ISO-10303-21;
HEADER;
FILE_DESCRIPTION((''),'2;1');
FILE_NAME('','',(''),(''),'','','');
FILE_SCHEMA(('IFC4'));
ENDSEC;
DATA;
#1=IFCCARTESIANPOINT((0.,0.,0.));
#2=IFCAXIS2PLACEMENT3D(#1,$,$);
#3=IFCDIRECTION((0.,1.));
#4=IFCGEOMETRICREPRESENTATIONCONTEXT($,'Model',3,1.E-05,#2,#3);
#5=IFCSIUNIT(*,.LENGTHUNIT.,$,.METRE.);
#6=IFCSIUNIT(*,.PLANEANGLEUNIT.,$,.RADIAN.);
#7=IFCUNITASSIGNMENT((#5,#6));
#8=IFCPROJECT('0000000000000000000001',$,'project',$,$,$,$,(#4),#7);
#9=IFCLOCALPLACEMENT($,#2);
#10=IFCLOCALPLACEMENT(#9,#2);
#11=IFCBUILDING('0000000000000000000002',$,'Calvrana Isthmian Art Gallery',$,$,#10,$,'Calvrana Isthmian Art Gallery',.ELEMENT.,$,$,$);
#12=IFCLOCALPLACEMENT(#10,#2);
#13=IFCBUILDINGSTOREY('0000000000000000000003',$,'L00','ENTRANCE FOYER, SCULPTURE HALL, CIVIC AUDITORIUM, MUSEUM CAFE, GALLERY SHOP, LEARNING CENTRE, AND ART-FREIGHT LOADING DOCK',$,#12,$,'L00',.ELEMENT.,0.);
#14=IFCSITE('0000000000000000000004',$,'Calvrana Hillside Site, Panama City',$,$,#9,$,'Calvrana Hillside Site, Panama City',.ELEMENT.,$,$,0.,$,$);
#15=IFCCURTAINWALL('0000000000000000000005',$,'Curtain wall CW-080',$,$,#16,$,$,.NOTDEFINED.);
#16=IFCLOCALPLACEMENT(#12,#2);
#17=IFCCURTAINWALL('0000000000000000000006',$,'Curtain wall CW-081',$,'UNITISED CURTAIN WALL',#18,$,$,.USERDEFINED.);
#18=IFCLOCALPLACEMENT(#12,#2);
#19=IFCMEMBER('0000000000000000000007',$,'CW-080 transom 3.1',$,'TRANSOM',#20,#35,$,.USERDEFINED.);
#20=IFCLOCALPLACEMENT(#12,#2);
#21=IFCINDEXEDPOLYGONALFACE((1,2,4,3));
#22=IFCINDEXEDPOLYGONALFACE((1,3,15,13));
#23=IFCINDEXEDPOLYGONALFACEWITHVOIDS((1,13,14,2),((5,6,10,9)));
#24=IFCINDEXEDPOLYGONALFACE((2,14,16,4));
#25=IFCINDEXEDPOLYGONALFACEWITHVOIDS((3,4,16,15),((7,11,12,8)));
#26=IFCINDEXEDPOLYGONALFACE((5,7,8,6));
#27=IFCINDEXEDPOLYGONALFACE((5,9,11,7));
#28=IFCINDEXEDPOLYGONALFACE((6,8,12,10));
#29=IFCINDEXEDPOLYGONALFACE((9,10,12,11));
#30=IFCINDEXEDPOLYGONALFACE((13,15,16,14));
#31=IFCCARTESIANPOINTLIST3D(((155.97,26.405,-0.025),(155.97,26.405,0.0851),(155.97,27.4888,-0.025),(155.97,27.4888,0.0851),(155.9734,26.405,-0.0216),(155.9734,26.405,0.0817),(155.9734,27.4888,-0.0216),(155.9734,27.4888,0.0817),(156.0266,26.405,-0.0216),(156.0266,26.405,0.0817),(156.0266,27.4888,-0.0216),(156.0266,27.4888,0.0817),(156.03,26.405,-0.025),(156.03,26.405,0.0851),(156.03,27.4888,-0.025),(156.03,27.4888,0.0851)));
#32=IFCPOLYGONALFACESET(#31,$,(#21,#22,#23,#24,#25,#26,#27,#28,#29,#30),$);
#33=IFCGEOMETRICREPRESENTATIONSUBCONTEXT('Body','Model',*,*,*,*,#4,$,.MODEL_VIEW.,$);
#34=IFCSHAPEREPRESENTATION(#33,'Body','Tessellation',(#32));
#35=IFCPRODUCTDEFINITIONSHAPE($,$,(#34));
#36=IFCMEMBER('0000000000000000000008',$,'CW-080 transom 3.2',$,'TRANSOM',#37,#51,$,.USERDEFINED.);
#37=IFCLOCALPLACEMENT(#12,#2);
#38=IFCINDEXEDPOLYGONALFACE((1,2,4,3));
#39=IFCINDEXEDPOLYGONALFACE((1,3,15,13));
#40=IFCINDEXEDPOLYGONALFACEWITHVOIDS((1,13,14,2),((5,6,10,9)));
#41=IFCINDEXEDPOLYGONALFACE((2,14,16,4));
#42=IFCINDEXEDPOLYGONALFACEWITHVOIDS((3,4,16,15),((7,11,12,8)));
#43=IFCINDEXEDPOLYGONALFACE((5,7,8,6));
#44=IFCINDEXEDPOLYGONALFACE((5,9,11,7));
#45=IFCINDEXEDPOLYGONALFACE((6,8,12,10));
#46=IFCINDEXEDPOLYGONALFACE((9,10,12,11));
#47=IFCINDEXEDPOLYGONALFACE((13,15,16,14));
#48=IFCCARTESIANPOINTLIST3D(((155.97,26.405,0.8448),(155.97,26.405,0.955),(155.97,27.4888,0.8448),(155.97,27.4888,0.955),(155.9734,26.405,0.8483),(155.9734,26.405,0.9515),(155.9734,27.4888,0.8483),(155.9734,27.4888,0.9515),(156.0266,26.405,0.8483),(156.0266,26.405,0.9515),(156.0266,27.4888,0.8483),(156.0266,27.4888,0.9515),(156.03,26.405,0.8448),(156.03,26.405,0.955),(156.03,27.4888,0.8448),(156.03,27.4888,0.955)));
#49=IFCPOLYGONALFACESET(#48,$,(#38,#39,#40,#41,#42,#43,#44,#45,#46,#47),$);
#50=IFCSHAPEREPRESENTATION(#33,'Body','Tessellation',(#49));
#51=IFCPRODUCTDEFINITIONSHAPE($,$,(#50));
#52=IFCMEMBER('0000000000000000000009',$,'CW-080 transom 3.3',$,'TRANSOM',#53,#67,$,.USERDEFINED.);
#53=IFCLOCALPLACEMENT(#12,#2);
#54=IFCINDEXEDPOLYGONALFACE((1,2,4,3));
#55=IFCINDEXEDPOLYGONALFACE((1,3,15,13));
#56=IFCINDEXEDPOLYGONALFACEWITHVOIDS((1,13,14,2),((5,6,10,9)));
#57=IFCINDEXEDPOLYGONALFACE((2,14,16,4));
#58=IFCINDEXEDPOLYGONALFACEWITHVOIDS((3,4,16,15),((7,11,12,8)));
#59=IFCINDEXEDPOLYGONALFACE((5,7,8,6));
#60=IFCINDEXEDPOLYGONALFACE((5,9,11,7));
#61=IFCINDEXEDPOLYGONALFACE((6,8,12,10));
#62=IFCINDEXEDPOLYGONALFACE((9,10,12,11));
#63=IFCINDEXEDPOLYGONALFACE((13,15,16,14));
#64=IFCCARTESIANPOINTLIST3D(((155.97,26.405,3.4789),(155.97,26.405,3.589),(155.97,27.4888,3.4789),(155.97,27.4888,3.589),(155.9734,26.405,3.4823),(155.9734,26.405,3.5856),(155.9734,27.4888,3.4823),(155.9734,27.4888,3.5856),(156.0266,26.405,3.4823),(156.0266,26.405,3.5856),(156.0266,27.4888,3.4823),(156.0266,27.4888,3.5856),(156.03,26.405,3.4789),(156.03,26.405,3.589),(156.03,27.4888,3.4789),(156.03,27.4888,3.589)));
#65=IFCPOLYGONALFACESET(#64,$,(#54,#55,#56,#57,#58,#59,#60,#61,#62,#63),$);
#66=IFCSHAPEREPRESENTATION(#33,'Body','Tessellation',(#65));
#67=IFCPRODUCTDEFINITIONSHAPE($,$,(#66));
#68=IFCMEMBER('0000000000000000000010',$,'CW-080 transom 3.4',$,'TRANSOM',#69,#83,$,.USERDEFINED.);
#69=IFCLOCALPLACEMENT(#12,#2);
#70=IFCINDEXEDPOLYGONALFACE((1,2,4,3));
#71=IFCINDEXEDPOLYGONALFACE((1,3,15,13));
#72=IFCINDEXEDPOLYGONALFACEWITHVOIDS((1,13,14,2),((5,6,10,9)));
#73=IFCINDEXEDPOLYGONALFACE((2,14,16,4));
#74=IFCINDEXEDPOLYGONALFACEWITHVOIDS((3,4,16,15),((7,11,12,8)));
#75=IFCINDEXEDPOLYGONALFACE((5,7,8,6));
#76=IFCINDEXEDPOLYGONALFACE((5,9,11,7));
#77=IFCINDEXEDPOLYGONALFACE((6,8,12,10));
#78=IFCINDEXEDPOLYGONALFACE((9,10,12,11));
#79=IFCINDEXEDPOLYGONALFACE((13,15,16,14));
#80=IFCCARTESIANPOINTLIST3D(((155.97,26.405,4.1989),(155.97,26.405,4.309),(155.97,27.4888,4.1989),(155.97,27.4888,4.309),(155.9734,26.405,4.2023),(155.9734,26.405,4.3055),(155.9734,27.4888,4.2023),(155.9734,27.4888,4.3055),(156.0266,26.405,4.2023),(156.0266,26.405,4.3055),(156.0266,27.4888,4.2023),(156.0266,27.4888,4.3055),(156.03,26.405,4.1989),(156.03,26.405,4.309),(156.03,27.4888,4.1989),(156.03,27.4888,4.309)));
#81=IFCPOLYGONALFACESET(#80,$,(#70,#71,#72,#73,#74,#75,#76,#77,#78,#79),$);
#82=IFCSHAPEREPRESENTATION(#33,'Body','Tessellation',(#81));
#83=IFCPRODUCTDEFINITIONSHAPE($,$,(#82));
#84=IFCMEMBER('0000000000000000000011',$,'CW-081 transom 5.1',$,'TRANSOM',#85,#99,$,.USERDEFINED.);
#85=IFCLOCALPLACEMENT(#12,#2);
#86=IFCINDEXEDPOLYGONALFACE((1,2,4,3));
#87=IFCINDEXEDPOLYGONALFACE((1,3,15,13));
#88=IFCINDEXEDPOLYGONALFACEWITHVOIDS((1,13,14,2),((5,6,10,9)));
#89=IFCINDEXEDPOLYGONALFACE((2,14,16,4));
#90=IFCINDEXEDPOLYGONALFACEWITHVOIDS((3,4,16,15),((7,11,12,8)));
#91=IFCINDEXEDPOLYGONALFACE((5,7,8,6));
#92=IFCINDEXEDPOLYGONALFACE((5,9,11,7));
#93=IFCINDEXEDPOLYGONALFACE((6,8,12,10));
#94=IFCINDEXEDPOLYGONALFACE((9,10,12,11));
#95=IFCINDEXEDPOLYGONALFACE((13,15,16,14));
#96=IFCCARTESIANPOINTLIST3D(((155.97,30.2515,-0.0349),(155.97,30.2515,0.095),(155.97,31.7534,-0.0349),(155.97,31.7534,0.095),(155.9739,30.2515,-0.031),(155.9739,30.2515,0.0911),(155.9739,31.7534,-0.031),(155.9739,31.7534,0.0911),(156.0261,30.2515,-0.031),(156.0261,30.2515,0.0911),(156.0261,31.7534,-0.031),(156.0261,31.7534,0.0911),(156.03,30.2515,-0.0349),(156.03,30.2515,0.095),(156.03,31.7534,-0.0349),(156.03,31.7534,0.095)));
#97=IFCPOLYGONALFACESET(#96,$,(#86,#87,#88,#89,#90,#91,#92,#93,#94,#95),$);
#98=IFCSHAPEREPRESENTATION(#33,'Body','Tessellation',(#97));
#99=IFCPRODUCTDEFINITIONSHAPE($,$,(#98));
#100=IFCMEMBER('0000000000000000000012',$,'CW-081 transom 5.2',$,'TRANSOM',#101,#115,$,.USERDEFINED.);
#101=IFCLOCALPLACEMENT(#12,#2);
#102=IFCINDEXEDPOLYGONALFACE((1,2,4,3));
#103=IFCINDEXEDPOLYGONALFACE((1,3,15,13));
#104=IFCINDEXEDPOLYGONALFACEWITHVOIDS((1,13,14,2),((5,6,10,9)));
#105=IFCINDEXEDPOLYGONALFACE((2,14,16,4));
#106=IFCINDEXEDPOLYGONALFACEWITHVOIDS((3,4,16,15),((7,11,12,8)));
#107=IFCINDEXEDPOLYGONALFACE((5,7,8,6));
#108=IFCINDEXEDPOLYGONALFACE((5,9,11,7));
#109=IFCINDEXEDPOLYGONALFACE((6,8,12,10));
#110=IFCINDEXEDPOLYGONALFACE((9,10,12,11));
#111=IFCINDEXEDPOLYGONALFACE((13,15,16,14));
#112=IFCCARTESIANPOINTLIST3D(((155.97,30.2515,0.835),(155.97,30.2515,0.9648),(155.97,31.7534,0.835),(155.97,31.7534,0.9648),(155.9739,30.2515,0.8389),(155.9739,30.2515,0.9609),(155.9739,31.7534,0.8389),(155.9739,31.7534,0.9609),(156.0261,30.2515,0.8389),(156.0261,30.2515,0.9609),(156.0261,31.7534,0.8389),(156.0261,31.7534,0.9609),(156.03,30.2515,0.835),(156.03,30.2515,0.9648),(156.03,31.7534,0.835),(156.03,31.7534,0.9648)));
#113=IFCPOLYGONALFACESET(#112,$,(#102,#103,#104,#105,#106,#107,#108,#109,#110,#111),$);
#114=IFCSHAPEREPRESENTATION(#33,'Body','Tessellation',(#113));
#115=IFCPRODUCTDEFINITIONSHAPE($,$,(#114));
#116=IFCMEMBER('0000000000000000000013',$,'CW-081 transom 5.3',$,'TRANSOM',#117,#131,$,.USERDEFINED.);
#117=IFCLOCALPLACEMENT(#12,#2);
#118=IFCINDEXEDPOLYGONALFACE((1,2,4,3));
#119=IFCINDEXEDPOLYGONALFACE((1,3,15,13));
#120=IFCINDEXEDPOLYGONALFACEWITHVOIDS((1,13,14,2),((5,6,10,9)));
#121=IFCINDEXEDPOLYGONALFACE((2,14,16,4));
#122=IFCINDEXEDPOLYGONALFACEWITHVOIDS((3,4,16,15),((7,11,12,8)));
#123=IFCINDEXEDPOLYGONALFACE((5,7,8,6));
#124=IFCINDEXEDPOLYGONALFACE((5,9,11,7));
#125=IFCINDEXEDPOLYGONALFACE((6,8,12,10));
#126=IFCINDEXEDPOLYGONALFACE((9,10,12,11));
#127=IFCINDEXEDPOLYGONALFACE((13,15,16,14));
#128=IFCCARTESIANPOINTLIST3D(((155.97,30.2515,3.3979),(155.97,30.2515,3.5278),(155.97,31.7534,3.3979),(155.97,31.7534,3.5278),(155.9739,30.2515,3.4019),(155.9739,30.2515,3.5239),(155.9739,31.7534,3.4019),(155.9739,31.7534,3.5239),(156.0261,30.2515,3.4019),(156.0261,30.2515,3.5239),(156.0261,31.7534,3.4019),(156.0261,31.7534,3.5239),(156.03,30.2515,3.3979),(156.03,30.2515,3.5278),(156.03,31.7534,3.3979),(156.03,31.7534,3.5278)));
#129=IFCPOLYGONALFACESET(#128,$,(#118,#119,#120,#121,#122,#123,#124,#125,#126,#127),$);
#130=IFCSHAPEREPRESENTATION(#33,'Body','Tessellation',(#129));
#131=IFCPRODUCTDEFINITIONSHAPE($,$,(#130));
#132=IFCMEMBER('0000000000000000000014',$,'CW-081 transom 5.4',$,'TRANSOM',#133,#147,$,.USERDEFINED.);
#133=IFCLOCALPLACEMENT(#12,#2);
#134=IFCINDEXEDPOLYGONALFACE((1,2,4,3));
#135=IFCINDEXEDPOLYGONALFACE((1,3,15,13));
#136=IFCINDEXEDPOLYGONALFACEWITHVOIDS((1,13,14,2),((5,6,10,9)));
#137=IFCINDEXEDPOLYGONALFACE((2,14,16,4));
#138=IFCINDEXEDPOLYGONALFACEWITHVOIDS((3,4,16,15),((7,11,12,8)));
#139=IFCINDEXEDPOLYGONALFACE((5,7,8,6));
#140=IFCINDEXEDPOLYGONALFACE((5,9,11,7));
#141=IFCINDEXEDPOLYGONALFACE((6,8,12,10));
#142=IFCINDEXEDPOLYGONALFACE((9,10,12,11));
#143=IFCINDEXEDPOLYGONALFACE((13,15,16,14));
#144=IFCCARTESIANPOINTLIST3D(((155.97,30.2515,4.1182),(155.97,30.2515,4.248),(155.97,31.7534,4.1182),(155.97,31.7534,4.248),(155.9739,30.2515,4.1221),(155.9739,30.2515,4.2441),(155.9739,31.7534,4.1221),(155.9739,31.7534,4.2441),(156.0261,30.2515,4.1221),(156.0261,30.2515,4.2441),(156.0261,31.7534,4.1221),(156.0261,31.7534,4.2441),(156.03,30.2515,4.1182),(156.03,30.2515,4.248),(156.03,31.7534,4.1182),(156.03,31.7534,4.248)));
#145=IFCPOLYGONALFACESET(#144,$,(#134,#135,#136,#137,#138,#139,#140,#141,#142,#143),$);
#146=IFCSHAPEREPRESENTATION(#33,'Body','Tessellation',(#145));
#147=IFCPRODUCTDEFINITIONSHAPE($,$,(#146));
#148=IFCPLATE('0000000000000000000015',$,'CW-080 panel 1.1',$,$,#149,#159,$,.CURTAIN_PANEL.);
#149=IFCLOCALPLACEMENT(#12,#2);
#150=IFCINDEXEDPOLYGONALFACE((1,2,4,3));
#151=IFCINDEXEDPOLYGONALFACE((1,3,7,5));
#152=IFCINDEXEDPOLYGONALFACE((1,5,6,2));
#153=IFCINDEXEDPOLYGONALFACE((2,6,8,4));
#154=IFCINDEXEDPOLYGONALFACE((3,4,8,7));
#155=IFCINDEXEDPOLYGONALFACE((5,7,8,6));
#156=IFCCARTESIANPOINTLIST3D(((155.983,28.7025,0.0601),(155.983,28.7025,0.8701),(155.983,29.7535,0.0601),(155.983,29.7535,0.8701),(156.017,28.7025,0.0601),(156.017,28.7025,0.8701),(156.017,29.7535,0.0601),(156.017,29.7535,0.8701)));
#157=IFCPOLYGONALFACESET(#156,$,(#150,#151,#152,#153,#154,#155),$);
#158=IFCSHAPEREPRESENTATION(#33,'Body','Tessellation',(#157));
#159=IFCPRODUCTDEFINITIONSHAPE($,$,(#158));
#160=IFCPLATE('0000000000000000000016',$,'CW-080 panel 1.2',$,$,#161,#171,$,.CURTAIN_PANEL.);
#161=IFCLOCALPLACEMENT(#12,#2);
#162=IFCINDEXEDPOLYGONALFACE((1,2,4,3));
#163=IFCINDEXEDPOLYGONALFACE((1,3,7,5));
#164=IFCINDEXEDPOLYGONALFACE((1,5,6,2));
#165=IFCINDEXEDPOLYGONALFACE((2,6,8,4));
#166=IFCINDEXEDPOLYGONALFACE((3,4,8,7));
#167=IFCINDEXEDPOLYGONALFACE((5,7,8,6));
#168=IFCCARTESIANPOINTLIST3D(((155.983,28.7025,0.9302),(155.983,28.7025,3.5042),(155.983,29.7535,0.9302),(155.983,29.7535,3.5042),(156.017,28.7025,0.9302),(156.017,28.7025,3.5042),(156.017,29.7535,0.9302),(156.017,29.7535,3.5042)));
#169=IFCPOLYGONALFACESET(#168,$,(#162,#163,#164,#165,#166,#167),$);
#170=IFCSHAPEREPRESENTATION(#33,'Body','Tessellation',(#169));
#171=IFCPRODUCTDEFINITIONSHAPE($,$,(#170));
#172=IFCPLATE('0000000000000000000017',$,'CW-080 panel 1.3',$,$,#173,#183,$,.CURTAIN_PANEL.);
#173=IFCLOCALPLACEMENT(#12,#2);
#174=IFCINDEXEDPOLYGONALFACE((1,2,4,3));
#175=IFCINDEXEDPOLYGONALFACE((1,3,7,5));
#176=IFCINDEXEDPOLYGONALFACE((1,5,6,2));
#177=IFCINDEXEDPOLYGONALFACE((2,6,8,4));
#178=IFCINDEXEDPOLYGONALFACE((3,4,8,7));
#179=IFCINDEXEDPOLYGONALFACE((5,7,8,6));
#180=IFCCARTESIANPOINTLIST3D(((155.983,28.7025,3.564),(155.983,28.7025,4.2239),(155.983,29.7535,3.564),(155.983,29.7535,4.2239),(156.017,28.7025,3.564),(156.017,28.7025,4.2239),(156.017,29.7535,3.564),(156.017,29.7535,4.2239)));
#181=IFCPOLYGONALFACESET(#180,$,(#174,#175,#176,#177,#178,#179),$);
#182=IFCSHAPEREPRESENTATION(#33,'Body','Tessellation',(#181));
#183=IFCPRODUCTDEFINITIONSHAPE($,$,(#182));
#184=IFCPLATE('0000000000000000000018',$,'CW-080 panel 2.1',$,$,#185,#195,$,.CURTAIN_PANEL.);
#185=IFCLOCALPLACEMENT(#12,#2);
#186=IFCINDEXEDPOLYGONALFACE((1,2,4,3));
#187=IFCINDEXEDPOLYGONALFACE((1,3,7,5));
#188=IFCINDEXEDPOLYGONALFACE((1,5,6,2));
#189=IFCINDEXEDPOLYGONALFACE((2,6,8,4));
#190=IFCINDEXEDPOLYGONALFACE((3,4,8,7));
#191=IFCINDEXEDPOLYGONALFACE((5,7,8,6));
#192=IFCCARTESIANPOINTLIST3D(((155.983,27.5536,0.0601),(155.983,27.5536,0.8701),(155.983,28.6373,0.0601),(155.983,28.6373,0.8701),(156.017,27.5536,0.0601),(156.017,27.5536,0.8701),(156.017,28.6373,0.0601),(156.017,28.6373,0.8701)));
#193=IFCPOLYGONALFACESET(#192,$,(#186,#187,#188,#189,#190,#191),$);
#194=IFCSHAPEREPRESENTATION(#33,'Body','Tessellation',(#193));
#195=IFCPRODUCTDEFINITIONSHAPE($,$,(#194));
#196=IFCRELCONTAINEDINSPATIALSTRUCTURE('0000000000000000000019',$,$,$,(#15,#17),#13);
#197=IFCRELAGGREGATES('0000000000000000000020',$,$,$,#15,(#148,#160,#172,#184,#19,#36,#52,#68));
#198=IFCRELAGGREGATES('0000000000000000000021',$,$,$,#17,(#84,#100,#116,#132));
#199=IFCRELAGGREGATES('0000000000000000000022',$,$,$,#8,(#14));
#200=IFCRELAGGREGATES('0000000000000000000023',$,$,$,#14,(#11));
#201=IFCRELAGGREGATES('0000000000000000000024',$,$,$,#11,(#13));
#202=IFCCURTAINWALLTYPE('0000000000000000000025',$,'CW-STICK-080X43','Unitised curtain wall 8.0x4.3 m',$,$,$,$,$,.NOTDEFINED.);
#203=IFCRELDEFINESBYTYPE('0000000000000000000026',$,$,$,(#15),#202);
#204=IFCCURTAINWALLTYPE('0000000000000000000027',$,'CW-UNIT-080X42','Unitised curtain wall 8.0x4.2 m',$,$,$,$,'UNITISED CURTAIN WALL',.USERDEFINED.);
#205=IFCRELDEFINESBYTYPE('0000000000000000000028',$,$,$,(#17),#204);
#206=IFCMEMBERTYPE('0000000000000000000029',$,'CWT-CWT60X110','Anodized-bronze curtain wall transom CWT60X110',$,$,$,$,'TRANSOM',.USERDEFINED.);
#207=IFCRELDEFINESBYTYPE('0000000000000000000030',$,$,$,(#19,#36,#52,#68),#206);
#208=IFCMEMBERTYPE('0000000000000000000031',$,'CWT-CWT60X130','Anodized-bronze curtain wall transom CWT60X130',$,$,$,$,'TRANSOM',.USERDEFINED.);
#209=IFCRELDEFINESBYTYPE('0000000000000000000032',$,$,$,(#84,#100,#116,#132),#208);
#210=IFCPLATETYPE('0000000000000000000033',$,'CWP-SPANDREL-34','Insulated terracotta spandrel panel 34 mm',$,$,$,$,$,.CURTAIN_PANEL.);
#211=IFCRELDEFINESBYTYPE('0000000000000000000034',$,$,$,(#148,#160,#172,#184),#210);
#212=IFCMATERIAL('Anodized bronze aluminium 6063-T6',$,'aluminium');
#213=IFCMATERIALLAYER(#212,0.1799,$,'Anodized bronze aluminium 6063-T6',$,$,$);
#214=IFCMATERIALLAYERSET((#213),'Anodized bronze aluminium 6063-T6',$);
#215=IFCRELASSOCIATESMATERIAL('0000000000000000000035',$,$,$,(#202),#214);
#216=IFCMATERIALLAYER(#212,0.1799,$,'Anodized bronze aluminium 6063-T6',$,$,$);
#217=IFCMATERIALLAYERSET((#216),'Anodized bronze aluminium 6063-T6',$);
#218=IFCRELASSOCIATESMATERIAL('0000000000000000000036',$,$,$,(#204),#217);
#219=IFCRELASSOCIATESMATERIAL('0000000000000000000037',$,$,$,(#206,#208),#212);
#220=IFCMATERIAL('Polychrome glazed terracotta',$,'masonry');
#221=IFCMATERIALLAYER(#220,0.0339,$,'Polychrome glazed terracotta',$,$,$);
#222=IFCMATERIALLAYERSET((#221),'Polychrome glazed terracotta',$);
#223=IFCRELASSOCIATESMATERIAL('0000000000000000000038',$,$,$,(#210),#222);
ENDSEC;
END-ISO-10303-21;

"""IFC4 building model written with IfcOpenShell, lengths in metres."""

from ifc_helpers import new_model, si_unit, direction, frame, origin, origin_2d, place, context, subcontext, project, spatial, rectangle, hollow_rectangle, extrude, material, layer, layer_set, material_profile, profile_set, type_object, element, aggregate, save


model = new_model("IFC4")

# Units and contexts
model_context = context("Model", 3, precision=1e-05, world=origin(), true_north=direction((0.0, 1.0)))
body_context = subcontext(model_context, "Body", "Model", "MODEL_VIEW")
ifc_project = project(units=[si_unit("LENGTHUNIT", "METRE"), si_unit("PLANEANGLEUNIT", "RADIAN")], contexts=[model_context])

# Site, building, storey
site_placement = place(None, origin())
site = spatial("IfcSite", under=ifc_project, at=site_placement, Name="Calvrana Hillside Site, Panama City", LongName="Calvrana Hillside Site, Panama City", CompositionType="ELEMENT", RefElevation=0.0)
building_placement = place(site_placement, origin())
building = spatial("IfcBuilding", under=site, at=building_placement, Name="Calvrana Isthmian Art Gallery", LongName="Calvrana Isthmian Art Gallery", CompositionType="ELEMENT")
storey_placement = place(building_placement, origin())
storey = spatial("IfcBuildingStorey", under=building, at=storey_placement, Name="L00", Description="ENTRANCE FOYER, SCULPTURE HALL, CIVIC AUDITORIUM, MUSEUM CAFE, GALLERY SHOP, LEARNING CENTRE, AND ART-FREIGHT LOADING DOCK", LongName="L00", CompositionType="ELEMENT", Elevation=0.0)

# Curtain walls
ifc_material_1 = material(Name="Anodized bronze aluminium 6063-T6", Category="aluminium")
ifc_layer_1 = layer(ifc_material_1, 0.1799, Name="Anodized bronze aluminium 6063-T6")
ifc_layer_set_1 = layer_set([ifc_layer_1], Name="Anodized bronze aluminium 6063-T6")
curtain_wall_type_1 = type_object("IfcCurtainWallType", Name="CW-STICK-080X43", Description="Unitised curtain wall 8.0x4.3 m", PredefinedType="NOTDEFINED", material=ifc_layer_set_1)
curtain_wall_1_placement = place(storey_placement, origin())
curtain_wall_1 = element("IfcCurtainWall", 1, at=curtain_wall_1_placement, inside=storey, type_object=curtain_wall_type_1, Name="Curtain wall CW-080", PredefinedType="NOTDEFINED")
ifc_layer_2 = layer(ifc_material_1, 0.1799, Name="Anodized bronze aluminium 6063-T6")
ifc_layer_set_2 = layer_set([ifc_layer_2], Name="Anodized bronze aluminium 6063-T6")
curtain_wall_type_2 = type_object("IfcCurtainWallType", Name="CW-UNIT-080X42", Description="Unitised curtain wall 8.0x4.2 m", ElementType="UNITISED CURTAIN WALL", PredefinedType="USERDEFINED", material=ifc_layer_set_2)
curtain_wall_2_placement = place(storey_placement, origin())
curtain_wall_2 = element("IfcCurtainWall", 2, at=curtain_wall_2_placement, inside=storey, type_object=curtain_wall_type_2, Name="Curtain wall CW-081", ObjectType="UNITISED CURTAIN WALL", PredefinedType="USERDEFINED")

# Members
ifc_material_profile_1 = material_profile(ifc_material_1, hollow_rectangle(XDim=0.0601, YDim=0.1101, WallThickness=0.0034, at=origin_2d()), Name="CWT60X110")
ifc_profile_set_1 = profile_set([ifc_material_profile_1], Name="Anodized bronze aluminium 6063-T6")
member_type_1 = type_object("IfcMemberType", Name="CWT-CWT60X110", Description="Anodized-bronze curtain wall transom CWT60X110", ElementType="TRANSOM", PredefinedType="USERDEFINED", material=ifc_profile_set_1)
member_1_placement = place(storey_placement, frame((156.0, 27.4888, 0.03), z_axis=(0.0, -1.0, 0.0), x_axis=(1.0, 0.0, 0.0)))
member_1 = element("IfcMember", 3, at=member_1_placement, type_object=member_type_1, Name="CW-080 transom 3.1", ObjectType="TRANSOM", PredefinedType="USERDEFINED", context=body_context, shape_type="SweptSolid", body=[
    extrude(hollow_rectangle(XDim=0.0601, YDim=0.1101, WallThickness=0.0034, at=origin_2d()), origin(), (0.0, 0.0, 1.0), 1.0837),
])
member_2_placement = place(storey_placement, frame((156.0, 27.4888, 0.8999), z_axis=(0.0, -1.0, 0.0), x_axis=(1.0, 0.0, 0.0)))
member_2 = element("IfcMember", 4, at=member_2_placement, type_object=member_type_1, Name="CW-080 transom 3.2", ObjectType="TRANSOM", PredefinedType="USERDEFINED", context=body_context, shape_type="SweptSolid", body=[
    extrude(hollow_rectangle(XDim=0.0601, YDim=0.1101, WallThickness=0.0034, at=origin_2d()), origin(), (0.0, 0.0, 1.0), 1.0837),
])
member_3_placement = place(storey_placement, frame((156.0, 27.4888, 3.5339), z_axis=(0.0, -1.0, 0.0), x_axis=(1.0, 0.0, 0.0)))
member_3 = element("IfcMember", 5, at=member_3_placement, type_object=member_type_1, Name="CW-080 transom 3.3", ObjectType="TRANSOM", PredefinedType="USERDEFINED", context=body_context, shape_type="SweptSolid", body=[
    extrude(hollow_rectangle(XDim=0.0601, YDim=0.1101, WallThickness=0.0034, at=origin_2d()), origin(), (0.0, 0.0, 1.0), 1.0837),
])
member_4_placement = place(storey_placement, frame((156.0, 27.4888, 4.2539), z_axis=(0.0, -1.0, 0.0), x_axis=(1.0, 0.0, 0.0)))
member_4 = element("IfcMember", 6, at=member_4_placement, type_object=member_type_1, Name="CW-080 transom 3.4", ObjectType="TRANSOM", PredefinedType="USERDEFINED", context=body_context, shape_type="SweptSolid", body=[
    extrude(hollow_rectangle(XDim=0.0601, YDim=0.1101, WallThickness=0.0034, at=origin_2d()), origin(), (0.0, 0.0, 1.0), 1.0837),
])
ifc_material_profile_2 = material_profile(ifc_material_1, hollow_rectangle(XDim=0.0601, YDim=0.1299, WallThickness=0.0039, at=origin_2d()), Name="CWT60X130")
ifc_profile_set_2 = profile_set([ifc_material_profile_2], Name="Anodized bronze aluminium 6063-T6")
member_type_2 = type_object("IfcMemberType", Name="CWT-CWT60X130", Description="Anodized-bronze curtain wall transom CWT60X130", ElementType="TRANSOM", PredefinedType="USERDEFINED", material=ifc_profile_set_2)
member_5_placement = place(storey_placement, frame((156.0, 31.7534, 0.03), z_axis=(0.0, -1.0, 0.0), x_axis=(1.0, 0.0, 0.0)))
member_5 = element("IfcMember", 7, at=member_5_placement, type_object=member_type_2, Name="CW-081 transom 5.1", ObjectType="TRANSOM", PredefinedType="USERDEFINED", context=body_context, shape_type="SweptSolid", body=[
    extrude(hollow_rectangle(XDim=0.0601, YDim=0.1299, WallThickness=0.0039, at=origin_2d()), origin(), (0.0, 0.0, 1.0), 1.502),
])
member_6_placement = place(storey_placement, frame((156.0, 31.7534, 0.8999), z_axis=(0.0, -1.0, 0.0), x_axis=(1.0, 0.0, 0.0)))
member_6 = element("IfcMember", 8, at=member_6_placement, type_object=member_type_2, Name="CW-081 transom 5.2", ObjectType="TRANSOM", PredefinedType="USERDEFINED", context=body_context, shape_type="SweptSolid", body=[
    extrude(hollow_rectangle(XDim=0.0601, YDim=0.1299, WallThickness=0.0039, at=origin_2d()), origin(), (0.0, 0.0, 1.0), 1.502),
])
member_7_placement = place(storey_placement, frame((156.0, 31.7534, 3.4629), z_axis=(0.0, -1.0, 0.0), x_axis=(1.0, 0.0, 0.0)))
member_7 = element("IfcMember", 9, at=member_7_placement, type_object=member_type_2, Name="CW-081 transom 5.3", ObjectType="TRANSOM", PredefinedType="USERDEFINED", context=body_context, shape_type="SweptSolid", body=[
    extrude(hollow_rectangle(XDim=0.0601, YDim=0.1299, WallThickness=0.0039, at=origin_2d()), origin(), (0.0, 0.0, 1.0), 1.502),
])
member_8_placement = place(storey_placement, frame((156.0, 31.7534, 4.1831), z_axis=(0.0, -1.0, 0.0), x_axis=(1.0, 0.0, 0.0)))
member_8 = element("IfcMember", 10, at=member_8_placement, type_object=member_type_2, Name="CW-081 transom 5.4", ObjectType="TRANSOM", PredefinedType="USERDEFINED", context=body_context, shape_type="SweptSolid", body=[
    extrude(hollow_rectangle(XDim=0.0601, YDim=0.1299, WallThickness=0.0039, at=origin_2d()), origin(), (0.0, 0.0, 1.0), 1.502),
])

# Plates
ifc_material_2 = material(Name="Polychrome glazed terracotta", Category="masonry")
ifc_layer_3 = layer(ifc_material_2, 0.0339, Name="Polychrome glazed terracotta")
ifc_layer_set_3 = layer_set([ifc_layer_3], Name="Polychrome glazed terracotta")
plate_type_1 = type_object("IfcPlateType", Name="CWP-SPANDREL-34", Description="Insulated terracotta spandrel panel 34 mm", PredefinedType="CURTAIN_PANEL", material=ifc_layer_set_3)
plate_1_placement = place(storey_placement, frame((156.0, 29.228, 0.0601), z_axis=(0.0, 0.0, 1.0), x_axis=(0.0, -1.0, 0.0)))
plate_1 = element("IfcPlate", 11, at=plate_1_placement, type_object=plate_type_1, Name="CW-080 panel 1.1", PredefinedType="CURTAIN_PANEL", context=body_context, shape_type="SweptSolid", body=[
    extrude(rectangle(XDim=1.051, YDim=0.0339, at=origin_2d()), origin(), (0.0, 0.0, 1.0), 0.8101),
])
plate_2_placement = place(storey_placement, frame((156.0, 29.228, 0.9302), z_axis=(0.0, 0.0, 1.0), x_axis=(0.0, -1.0, 0.0)))
plate_2 = element("IfcPlate", 12, at=plate_2_placement, type_object=plate_type_1, Name="CW-080 panel 1.2", PredefinedType="CURTAIN_PANEL", context=body_context, shape_type="SweptSolid", body=[
    extrude(rectangle(XDim=1.051, YDim=0.0339, at=origin_2d()), origin(), (0.0, 0.0, 1.0), 2.574),
])
plate_3_placement = place(storey_placement, frame((156.0, 29.228, 3.564), z_axis=(0.0, 0.0, 1.0), x_axis=(0.0, -1.0, 0.0)))
plate_3 = element("IfcPlate", 13, at=plate_3_placement, type_object=plate_type_1, Name="CW-080 panel 1.3", PredefinedType="CURTAIN_PANEL", context=body_context, shape_type="SweptSolid", body=[
    extrude(rectangle(XDim=1.051, YDim=0.0339, at=origin_2d()), origin(), (0.0, 0.0, 1.0), 0.6599),
])
plate_4_placement = place(storey_placement, frame((156.0, 28.0955, 0.0601), z_axis=(0.0, 0.0, 1.0), x_axis=(0.0, -1.0, 0.0)))
plate_4 = element("IfcPlate", 14, at=plate_4_placement, type_object=plate_type_1, Name="CW-080 panel 2.1", PredefinedType="CURTAIN_PANEL", context=body_context, shape_type="SweptSolid", body=[
    extrude(rectangle(XDim=1.0837, YDim=0.0339, at=origin_2d()), origin(), (0.0, 0.0, 1.0), 0.8101),
])
aggregate(curtain_wall_1, [plate_1, plate_2, plate_3, plate_4, member_1, member_2, member_3, member_4])
aggregate(curtain_wall_2, [member_5, member_6, member_7, member_8])

save(model, "model.ifc")
